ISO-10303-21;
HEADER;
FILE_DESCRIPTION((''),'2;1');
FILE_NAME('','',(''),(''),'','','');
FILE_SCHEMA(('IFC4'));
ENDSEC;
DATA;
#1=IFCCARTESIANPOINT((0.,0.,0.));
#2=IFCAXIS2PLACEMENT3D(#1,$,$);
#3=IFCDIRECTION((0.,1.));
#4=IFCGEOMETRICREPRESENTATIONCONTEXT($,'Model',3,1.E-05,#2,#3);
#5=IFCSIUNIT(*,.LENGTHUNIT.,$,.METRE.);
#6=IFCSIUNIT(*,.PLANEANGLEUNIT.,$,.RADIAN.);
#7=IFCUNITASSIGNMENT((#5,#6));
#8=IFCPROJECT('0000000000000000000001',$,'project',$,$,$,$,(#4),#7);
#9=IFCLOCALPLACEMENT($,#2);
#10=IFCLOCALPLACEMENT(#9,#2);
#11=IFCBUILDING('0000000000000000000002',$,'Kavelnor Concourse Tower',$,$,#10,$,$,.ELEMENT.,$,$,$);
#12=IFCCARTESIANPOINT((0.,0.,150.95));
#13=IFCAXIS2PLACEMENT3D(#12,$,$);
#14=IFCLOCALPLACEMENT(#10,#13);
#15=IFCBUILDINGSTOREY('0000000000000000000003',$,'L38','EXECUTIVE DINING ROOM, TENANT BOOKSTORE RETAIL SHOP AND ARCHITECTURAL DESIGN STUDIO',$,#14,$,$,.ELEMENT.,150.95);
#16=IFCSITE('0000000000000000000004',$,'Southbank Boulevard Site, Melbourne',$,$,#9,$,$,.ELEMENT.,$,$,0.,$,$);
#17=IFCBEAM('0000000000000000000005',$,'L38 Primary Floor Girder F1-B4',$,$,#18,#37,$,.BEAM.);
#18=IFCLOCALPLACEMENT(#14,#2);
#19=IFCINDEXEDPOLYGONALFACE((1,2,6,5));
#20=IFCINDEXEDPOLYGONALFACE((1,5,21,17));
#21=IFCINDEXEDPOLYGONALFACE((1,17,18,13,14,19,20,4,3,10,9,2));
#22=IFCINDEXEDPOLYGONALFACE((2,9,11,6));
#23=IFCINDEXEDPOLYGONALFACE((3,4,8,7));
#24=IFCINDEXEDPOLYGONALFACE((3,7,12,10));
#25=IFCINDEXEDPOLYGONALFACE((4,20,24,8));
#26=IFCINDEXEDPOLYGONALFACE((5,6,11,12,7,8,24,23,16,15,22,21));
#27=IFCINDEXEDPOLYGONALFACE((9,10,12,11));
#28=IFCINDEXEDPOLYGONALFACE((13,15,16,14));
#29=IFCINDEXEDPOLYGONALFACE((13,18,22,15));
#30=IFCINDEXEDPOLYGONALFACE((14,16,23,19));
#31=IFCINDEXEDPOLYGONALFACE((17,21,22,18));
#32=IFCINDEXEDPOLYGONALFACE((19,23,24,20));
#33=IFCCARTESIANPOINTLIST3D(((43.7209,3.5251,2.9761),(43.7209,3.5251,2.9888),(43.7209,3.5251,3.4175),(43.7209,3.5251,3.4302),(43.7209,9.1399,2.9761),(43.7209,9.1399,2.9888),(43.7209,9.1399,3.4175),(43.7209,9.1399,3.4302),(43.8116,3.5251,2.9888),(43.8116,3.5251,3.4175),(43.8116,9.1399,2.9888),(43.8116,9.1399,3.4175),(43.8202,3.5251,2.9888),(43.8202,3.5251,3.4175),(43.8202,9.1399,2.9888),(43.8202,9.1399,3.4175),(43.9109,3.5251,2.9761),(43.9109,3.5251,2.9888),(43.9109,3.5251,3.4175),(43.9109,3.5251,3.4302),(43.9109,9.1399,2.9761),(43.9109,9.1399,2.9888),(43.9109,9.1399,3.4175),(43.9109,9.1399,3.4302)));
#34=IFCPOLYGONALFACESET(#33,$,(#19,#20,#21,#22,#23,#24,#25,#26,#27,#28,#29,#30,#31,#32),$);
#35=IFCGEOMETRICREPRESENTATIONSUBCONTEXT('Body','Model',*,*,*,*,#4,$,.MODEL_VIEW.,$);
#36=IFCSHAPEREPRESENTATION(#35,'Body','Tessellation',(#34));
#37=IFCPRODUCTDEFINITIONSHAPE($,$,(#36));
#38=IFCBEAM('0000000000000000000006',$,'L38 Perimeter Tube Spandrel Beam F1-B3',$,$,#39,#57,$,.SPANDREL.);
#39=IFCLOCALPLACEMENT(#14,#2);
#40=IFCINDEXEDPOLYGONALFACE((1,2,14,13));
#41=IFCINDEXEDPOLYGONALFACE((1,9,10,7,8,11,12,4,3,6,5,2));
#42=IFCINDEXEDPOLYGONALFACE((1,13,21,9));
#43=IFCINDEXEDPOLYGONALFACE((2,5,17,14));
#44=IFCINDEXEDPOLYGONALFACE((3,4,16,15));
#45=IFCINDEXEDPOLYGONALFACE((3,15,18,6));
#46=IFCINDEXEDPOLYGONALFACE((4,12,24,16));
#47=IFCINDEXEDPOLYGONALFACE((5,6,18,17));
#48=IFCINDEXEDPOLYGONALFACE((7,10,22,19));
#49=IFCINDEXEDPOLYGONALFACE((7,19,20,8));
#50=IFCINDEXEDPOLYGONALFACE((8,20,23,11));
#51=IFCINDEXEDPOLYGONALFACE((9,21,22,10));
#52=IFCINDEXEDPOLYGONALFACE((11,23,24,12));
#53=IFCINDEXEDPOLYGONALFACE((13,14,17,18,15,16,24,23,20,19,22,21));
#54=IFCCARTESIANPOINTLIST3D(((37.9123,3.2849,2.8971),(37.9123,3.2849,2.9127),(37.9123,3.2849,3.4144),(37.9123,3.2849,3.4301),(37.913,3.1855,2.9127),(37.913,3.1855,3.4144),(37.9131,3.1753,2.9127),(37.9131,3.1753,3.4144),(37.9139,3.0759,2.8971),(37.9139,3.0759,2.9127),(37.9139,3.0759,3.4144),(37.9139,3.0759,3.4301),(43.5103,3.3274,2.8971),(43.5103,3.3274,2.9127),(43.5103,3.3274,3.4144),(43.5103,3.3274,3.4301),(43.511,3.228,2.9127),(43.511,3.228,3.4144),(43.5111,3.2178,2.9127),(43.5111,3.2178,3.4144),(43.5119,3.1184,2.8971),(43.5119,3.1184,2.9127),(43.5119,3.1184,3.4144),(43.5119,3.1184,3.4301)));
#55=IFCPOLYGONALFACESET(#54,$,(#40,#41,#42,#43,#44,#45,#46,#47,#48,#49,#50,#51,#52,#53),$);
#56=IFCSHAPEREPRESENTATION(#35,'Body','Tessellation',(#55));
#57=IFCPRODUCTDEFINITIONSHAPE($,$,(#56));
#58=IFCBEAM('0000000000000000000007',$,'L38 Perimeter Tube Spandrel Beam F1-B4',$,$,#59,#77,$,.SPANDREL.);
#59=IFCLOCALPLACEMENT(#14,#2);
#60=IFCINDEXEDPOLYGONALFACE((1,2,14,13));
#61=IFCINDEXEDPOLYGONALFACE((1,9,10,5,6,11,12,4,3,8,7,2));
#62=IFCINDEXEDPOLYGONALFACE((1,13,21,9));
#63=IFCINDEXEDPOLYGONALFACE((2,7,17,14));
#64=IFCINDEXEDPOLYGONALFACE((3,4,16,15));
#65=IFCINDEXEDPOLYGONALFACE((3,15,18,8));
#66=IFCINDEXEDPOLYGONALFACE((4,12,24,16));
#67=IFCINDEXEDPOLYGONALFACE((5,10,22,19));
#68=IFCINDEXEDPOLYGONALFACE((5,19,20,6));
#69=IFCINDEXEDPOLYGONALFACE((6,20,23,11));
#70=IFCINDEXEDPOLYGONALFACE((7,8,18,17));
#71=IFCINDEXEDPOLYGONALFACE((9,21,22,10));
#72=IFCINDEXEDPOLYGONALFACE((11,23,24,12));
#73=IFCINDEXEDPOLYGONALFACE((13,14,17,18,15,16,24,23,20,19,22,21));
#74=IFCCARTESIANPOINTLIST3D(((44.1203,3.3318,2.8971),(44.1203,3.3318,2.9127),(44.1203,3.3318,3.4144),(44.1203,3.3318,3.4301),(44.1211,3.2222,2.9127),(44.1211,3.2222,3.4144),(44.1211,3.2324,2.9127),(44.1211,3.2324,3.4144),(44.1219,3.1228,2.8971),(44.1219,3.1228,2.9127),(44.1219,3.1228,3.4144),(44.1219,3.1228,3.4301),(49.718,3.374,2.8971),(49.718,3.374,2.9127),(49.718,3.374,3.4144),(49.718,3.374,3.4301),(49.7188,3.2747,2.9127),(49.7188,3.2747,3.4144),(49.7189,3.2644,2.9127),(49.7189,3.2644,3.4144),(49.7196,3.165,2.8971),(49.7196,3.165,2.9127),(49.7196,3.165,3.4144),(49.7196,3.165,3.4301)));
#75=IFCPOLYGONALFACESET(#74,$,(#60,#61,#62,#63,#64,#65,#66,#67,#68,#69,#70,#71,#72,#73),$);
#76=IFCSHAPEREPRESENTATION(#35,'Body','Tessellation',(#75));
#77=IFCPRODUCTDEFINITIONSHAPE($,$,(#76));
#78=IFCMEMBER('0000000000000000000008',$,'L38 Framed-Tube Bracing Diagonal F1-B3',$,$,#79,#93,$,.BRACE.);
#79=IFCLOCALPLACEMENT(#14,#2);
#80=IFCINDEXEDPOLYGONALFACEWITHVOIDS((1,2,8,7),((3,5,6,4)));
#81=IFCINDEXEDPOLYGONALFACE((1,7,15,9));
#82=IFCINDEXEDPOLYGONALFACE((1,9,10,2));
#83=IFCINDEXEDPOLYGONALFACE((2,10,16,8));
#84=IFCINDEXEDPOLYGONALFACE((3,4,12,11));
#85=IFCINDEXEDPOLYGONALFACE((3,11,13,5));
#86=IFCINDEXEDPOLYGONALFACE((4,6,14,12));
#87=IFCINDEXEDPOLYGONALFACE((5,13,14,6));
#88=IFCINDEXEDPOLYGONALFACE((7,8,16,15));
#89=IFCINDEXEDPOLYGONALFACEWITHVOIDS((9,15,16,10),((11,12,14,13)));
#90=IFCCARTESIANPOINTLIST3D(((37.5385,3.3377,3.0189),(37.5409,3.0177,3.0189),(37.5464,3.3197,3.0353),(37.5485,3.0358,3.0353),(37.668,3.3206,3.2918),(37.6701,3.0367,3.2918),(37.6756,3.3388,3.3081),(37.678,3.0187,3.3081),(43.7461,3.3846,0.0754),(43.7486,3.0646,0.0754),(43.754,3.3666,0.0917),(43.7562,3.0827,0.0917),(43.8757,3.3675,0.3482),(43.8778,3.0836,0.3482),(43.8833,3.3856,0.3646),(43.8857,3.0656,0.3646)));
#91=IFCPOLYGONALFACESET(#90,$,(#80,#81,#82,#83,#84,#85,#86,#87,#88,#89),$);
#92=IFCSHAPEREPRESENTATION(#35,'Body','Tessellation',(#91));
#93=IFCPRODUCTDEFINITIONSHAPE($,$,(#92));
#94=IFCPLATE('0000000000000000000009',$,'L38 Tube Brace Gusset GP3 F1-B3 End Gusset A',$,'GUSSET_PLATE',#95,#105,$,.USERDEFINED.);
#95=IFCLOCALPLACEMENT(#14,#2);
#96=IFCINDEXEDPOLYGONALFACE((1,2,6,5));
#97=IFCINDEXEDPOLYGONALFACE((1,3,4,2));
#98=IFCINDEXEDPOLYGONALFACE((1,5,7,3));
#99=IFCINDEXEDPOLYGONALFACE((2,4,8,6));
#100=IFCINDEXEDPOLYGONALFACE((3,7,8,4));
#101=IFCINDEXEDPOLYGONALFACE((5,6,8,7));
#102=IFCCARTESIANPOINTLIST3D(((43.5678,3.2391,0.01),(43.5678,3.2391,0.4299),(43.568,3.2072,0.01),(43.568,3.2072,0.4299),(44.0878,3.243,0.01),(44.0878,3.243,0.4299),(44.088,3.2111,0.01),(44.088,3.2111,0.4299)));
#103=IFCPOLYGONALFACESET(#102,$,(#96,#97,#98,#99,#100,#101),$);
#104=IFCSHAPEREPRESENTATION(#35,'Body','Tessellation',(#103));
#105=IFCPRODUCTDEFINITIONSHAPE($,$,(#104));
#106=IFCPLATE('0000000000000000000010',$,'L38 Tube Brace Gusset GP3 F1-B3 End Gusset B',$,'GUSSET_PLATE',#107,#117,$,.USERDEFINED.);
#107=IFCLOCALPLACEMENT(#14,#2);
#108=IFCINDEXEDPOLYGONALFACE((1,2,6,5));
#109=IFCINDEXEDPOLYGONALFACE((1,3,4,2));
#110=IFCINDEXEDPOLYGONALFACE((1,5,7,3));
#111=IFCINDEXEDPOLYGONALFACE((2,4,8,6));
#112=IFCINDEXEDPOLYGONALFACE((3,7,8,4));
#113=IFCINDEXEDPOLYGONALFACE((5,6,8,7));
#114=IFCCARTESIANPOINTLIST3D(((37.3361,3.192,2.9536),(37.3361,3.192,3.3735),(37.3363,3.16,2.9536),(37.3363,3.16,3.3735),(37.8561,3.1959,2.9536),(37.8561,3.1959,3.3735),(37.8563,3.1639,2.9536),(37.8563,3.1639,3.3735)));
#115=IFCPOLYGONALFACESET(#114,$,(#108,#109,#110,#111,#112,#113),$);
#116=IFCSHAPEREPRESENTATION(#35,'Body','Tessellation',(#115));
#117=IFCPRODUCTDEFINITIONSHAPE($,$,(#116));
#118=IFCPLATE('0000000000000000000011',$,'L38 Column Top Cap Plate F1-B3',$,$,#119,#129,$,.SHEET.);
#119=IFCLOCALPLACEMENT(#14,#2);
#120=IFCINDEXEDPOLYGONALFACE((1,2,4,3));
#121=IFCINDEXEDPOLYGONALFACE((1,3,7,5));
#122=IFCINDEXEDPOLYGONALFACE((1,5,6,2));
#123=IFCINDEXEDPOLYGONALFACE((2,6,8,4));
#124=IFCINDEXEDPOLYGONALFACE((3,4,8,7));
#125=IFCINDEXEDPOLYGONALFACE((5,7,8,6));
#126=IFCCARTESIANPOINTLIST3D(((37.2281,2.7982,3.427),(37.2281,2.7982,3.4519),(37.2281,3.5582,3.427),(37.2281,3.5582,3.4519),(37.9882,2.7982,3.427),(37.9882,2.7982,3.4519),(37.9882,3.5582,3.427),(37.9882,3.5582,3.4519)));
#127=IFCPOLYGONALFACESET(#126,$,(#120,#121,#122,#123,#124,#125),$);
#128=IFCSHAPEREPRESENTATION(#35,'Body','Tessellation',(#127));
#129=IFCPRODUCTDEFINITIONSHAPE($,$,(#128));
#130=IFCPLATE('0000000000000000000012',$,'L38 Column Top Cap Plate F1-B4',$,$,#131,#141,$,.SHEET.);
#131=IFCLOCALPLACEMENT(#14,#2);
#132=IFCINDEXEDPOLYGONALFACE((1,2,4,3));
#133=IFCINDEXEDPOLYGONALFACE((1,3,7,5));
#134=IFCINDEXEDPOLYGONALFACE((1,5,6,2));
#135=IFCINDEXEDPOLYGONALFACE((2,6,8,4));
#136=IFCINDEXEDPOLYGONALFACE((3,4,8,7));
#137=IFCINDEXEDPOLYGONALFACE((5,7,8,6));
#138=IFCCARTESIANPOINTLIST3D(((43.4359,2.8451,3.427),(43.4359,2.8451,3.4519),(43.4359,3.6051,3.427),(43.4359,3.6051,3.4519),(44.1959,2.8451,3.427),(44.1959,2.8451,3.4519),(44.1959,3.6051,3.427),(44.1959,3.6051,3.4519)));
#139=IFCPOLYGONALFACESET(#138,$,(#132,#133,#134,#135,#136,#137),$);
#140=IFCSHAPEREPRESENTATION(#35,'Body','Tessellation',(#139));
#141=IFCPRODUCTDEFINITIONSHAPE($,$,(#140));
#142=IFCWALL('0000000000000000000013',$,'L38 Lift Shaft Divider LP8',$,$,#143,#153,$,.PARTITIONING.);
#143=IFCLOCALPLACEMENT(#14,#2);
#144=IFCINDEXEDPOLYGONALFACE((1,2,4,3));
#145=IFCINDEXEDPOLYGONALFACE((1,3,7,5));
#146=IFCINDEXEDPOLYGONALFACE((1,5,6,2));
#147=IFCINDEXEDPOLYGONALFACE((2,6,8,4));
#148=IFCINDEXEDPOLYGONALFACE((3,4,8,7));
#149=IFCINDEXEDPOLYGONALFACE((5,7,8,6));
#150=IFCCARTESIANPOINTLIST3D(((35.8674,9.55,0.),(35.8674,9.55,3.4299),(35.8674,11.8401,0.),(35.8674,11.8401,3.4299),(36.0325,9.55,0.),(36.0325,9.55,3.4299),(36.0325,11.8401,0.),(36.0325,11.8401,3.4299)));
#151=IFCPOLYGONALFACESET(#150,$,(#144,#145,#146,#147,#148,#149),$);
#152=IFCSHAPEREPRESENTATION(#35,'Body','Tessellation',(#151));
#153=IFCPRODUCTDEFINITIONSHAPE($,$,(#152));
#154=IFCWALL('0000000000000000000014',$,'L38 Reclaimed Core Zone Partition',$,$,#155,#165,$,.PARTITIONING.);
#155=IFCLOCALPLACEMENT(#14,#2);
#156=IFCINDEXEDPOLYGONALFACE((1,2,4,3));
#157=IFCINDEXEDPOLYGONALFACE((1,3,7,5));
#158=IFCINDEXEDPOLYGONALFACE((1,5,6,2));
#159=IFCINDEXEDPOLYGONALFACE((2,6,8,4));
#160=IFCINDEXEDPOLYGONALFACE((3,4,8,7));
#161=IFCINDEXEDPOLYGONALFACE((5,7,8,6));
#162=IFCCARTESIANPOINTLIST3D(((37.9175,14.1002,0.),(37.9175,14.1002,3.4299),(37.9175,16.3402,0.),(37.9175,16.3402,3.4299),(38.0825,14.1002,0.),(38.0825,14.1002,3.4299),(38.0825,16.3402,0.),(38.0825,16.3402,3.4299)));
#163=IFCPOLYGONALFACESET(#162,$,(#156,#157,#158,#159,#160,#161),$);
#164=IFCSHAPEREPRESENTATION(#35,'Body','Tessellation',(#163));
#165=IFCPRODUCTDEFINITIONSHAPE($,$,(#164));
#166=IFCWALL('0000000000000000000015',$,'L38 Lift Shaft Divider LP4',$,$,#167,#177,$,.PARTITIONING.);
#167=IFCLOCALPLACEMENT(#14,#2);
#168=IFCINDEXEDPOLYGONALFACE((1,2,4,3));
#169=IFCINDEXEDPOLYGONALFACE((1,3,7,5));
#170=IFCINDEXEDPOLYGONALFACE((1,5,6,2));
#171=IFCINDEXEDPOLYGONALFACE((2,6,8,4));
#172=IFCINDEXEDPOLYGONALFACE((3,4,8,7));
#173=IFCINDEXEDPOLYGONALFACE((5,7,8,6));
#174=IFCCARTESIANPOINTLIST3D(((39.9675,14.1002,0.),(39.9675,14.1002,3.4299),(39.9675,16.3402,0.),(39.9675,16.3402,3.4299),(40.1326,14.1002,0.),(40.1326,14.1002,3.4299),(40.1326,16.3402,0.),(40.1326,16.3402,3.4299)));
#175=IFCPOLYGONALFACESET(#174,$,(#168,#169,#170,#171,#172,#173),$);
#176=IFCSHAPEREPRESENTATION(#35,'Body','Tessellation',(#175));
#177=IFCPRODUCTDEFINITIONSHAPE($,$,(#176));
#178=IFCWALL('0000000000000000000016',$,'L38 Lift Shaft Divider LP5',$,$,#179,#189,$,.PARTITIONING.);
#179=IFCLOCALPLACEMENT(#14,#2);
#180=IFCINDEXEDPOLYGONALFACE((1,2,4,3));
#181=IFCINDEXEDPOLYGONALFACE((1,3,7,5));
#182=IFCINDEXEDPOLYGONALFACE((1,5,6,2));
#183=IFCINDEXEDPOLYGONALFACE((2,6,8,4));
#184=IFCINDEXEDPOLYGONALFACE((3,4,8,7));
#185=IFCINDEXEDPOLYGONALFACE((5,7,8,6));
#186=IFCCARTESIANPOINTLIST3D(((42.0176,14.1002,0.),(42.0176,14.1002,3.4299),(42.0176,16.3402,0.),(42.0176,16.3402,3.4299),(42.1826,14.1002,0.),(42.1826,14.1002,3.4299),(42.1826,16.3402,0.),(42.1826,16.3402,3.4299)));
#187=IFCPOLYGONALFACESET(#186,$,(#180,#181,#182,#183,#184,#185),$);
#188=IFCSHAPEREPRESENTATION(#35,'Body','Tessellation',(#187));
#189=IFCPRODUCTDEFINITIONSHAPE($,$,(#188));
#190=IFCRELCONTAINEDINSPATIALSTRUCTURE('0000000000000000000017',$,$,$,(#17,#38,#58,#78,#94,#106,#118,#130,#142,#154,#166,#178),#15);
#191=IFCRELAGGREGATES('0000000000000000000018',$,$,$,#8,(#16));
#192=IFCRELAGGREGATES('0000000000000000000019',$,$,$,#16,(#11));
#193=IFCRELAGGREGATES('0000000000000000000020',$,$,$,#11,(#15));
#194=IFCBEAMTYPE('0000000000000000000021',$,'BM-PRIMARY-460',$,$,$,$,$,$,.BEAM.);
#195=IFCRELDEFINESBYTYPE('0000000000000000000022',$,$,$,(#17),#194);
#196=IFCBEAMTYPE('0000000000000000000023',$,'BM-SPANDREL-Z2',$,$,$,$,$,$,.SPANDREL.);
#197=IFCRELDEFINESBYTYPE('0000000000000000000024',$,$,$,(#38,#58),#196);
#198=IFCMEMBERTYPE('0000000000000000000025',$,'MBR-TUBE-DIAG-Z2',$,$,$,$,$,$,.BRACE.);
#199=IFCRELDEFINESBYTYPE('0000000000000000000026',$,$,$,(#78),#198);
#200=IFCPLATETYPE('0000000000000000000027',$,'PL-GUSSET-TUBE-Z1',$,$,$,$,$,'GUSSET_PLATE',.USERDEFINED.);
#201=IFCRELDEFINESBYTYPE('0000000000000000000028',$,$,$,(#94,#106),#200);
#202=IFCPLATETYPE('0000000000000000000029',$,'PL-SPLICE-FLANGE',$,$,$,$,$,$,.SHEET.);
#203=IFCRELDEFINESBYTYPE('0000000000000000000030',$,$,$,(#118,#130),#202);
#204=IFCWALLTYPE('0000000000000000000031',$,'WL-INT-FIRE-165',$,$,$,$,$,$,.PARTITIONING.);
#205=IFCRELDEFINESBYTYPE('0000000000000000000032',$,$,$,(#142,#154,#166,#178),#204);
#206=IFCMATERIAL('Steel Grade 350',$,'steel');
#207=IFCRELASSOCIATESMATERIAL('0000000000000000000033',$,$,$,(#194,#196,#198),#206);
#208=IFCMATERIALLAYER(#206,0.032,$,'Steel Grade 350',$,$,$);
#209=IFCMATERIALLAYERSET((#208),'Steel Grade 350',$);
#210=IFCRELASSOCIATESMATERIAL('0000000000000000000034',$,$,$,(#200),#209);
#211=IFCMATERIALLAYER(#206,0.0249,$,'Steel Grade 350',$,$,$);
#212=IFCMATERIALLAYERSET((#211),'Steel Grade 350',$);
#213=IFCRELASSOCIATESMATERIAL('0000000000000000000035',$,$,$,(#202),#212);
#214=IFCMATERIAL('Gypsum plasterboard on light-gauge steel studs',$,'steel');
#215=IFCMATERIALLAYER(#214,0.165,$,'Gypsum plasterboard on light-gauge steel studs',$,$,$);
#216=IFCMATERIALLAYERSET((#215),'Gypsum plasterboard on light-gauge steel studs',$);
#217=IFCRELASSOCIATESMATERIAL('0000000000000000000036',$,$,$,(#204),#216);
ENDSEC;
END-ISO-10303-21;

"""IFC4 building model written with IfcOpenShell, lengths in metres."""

from ifc_helpers import new_model, si_unit, direction, frame, frame_2d, origin, origin_2d, place, context, subcontext, project, spatial, rectangle, hollow_rectangle, i_section, extrude, material, layer, layer_set, material_profile, profile_set, type_object, element, save


model = new_model("IFC4")

# Units and contexts
model_context = context("Model", 3, precision=1e-05, world=origin(), true_north=direction((0.0, 1.0)))
body_context = subcontext(model_context, "Body", "Model", "MODEL_VIEW")
ifc_project = project(units=[si_unit("LENGTHUNIT", "METRE"), si_unit("PLANEANGLEUNIT", "RADIAN")], contexts=[model_context])

# Site, building, storey
site_placement = place(None, origin())
site = spatial("IfcSite", under=ifc_project, at=site_placement, Name="Southbank Boulevard Site, Melbourne", CompositionType="ELEMENT", RefElevation=0.0)
building_placement = place(site_placement, origin())
building = spatial("IfcBuilding", under=site, at=building_placement, Name="Kavelnor Concourse Tower", CompositionType="ELEMENT")
storey_placement = place(building_placement, frame((0.0, 0.0, 150.95)))
storey = spatial("IfcBuildingStorey", under=building, at=storey_placement, Name="L38", Description="EXECUTIVE DINING ROOM, TENANT BOOKSTORE RETAIL SHOP AND ARCHITECTURAL DESIGN STUDIO", CompositionType="ELEMENT", Elevation=150.95)

# Shared definitions
ifc_material_1 = material(Name="Steel Grade 350", Category="steel")

# Beams
ifc_material_profile_1 = material_profile(ifc_material_1, i_section(OverallWidth=0.1899, OverallDepth=0.4541, WebThickness=0.0085, FlangeThickness=0.0127, at=origin_2d()), Name="460UB67")
ifc_profile_set_1 = profile_set([ifc_material_profile_1], Name="Steel Grade 350")
beam_type_1 = type_object("IfcBeamType", Name="BM-PRIMARY-460", PredefinedType="BEAM", material=ifc_profile_set_1)
beam_1_placement = place(storey_placement, frame((43.8159, 9.1399, 3.2031), z_axis=(0.0, -1.0, 0.0), x_axis=(1.0, 0.0, 0.0)))
element("IfcBeam", 1, at=beam_1_placement, inside=storey, type_object=beam_type_1, Name="L38 Primary Floor Girder F1-B4", PredefinedType="BEAM", context=body_context, shape_type="SweptSolid", body=[
    extrude(i_section(OverallWidth=0.1899, OverallDepth=0.4541, WebThickness=0.0085, FlangeThickness=0.0127, at=origin_2d()), origin(), (0.0, 0.0, 1.0), 5.6147),
])
ifc_material_profile_2 = material_profile(ifc_material_1, i_section(OverallWidth=0.209, OverallDepth=0.533, WebThickness=0.0103, FlangeThickness=0.0156, at=origin_2d()), Name="530UB92")
ifc_profile_set_2 = profile_set([ifc_material_profile_2], Name="Steel Grade 350")
beam_type_2 = type_object("IfcBeamType", Name="BM-SPANDREL-Z2", PredefinedType="SPANDREL", material=ifc_profile_set_2)
beam_2_placement = place(storey_placement, frame((37.9131, 3.1804, 3.1636), z_axis=(0.999971, 0.007588, 0.0), x_axis=(-0.007588, 0.999971, 0.0)))
element("IfcBeam", 2, at=beam_2_placement, inside=storey, type_object=beam_type_2, Name="L38 Perimeter Tube Spandrel Beam F1-B3", PredefinedType="SPANDREL", context=body_context, shape_type="SweptSolid", body=[
    extrude(i_section(OverallWidth=0.209, OverallDepth=0.533, WebThickness=0.0103, FlangeThickness=0.0156, at=origin_2d()), origin(), (0.0, 0.0, 1.0), 5.5981),
])
beam_3_placement = place(storey_placement, frame((44.1211, 3.2273, 3.1636), z_axis=(0.999972, 0.007545, 0.0), x_axis=(-0.007545, 0.999972, 0.0)))
element("IfcBeam", 3, at=beam_3_placement, inside=storey, type_object=beam_type_2, Name="L38 Perimeter Tube Spandrel Beam F1-B4", PredefinedType="SPANDREL", context=body_context, shape_type="SweptSolid", body=[
    extrude(i_section(OverallWidth=0.209, OverallDepth=0.533, WebThickness=0.0103, FlangeThickness=0.0156, at=origin_2d()), origin(), (0.0, 0.0, 1.0), 5.5979),
])

# Member
ifc_material_profile_3 = material_profile(ifc_material_1, hollow_rectangle(XDim=0.3201, YDim=0.3201, WallThickness=0.0181, at=origin_2d()), Name="SHS 320x320x18")
ifc_profile_set_3 = profile_set([ifc_material_profile_3], Name="Steel Grade 350")
member_type = type_object("IfcMemberType", Name="MBR-TUBE-DIAG-Z2", PredefinedType="BRACE", material=ifc_profile_set_3)
member_placement = place(storey_placement, frame((43.8159, 3.2251, 0.22), z_axis=(-0.903543, -0.006823, 0.428443), x_axis=(0.007551, -0.999971, 0.0)))
element("IfcMember", 4, at=member_placement, inside=storey, type_object=member_type, Name="L38 Framed-Tube Bracing Diagonal F1-B3", PredefinedType="BRACE", context=body_context, shape_type="SweptSolid", body=[
    extrude(hollow_rectangle(XDim=0.3201, YDim=0.3201, WallThickness=0.0181, at=origin_2d()), origin(), (0.0, 0.0, 1.0), 6.8704),
])

# Plates
ifc_layer_1 = layer(ifc_material_1, 0.032, Name="Steel Grade 350")
ifc_layer_set_1 = layer_set([ifc_layer_1], Name="Steel Grade 350")
plate_type_1 = type_object("IfcPlateType", Name="PL-GUSSET-TUBE-Z1", ElementType="GUSSET_PLATE", PredefinedType="USERDEFINED", material=ifc_layer_set_1)
for number, where, z_axis, x_axis, name in (
    (5, (43.8279, 3.2251, 0.01), (0.0, 0.0, 1.0), (-0.999972, -0.007505, 0.0), "L38 Tube Brace Gusset GP3 F1-B3 End Gusset A"),
    (6, (37.5962, 3.178, 2.9536), (0.0, 0.0, 1.0), (-0.999972, -0.007505, 0.0), "L38 Tube Brace Gusset GP3 F1-B3 End Gusset B"),
):
    element("IfcPlate", number, at=place(storey_placement, frame(where, z_axis=z_axis, x_axis=x_axis)), inside=storey, type_object=plate_type_1, Name=name, ObjectType="GUSSET_PLATE", PredefinedType="USERDEFINED", context=body_context, shape_type="SweptSolid", body=[
        extrude(rectangle(XDim=0.52, YDim=0.032, at=origin_2d()), origin(), (0.0, 0.0, 1.0), 0.4199),
    ])
ifc_layer_2 = layer(ifc_material_1, 0.0249, Name="Steel Grade 350")
ifc_layer_set_2 = layer_set([ifc_layer_2], Name="Steel Grade 350")
plate_type_2 = type_object("IfcPlateType", Name="PL-SPLICE-FLANGE", PredefinedType="SHEET", material=ifc_layer_set_2)
for number, where, z_axis, x_axis, name in (
    (7, (37.6082, 3.1782, 3.427), (0.0, 0.0, 1.0), (1.0, 0.0, 0.0), "L38 Column Top Cap Plate F1-B3"),
    (8, (43.8159, 3.2251, 3.427), (0.0, 0.0, 1.0), (1.0, 0.0, 0.0), "L38 Column Top Cap Plate F1-B4"),
):
    element("IfcPlate", number, at=place(storey_placement, frame(where, z_axis=z_axis, x_axis=x_axis)), inside=storey, type_object=plate_type_2, Name=name, PredefinedType="SHEET", context=body_context, shape_type="SweptSolid", body=[
        extrude(rectangle(XDim=0.76, YDim=0.76, at=origin_2d()), origin(), (0.0, 0.0, 1.0), 0.0249),
    ])

# Walls
ifc_material_2 = material(Name="Gypsum plasterboard on light-gauge steel studs", Category="steel")
ifc_layer_3 = layer(ifc_material_2, 0.165, Name="Gypsum plasterboard on light-gauge steel studs")
ifc_layer_set_3 = layer_set([ifc_layer_3], Name="Gypsum plasterboard on light-gauge steel studs")
wall_type_1 = type_object("IfcWallType", Name="WL-INT-FIRE-165", PredefinedType="PARTITIONING", material=ifc_layer_set_3)
wall_1_placement = place(storey_placement, frame((35.95, 9.55, 0.0), z_axis=(0.0, 0.0, 1.0), x_axis=(0.0, 1.0, 0.0)))
element("IfcWall", 9, at=wall_1_placement, inside=storey, type_object=wall_type_1, Name="L38 Lift Shaft Divider LP8", PredefinedType="PARTITIONING", context=body_context, shape_type="SweptSolid", body=[
    extrude(rectangle(XDim=2.29, YDim=0.165, at=frame_2d((1.145, 0.0))), origin(), (0.0, 0.0, 1.0), 3.4299),
])
for number, where, z_axis, x_axis, name in (
    (10, (38.0, 14.1001, 0.0), (0.0, 0.0, 1.0), (0.0, 1.0, 0.0), "L38 Reclaimed Core Zone Partition"),
    (11, (40.05, 14.1001, 0.0), (0.0, 0.0, 1.0), (0.0, 1.0, 0.0), "L38 Lift Shaft Divider LP4"),
    (12, (42.1001, 14.1001, 0.0), (0.0, 0.0, 1.0), (0.0, 1.0, 0.0), "L38 Lift Shaft Divider LP5"),
):
    element("IfcWall", number, at=place(storey_placement, frame(where, z_axis=z_axis, x_axis=x_axis)), inside=storey, type_object=wall_type_1, Name=name, PredefinedType="PARTITIONING", context=body_context, shape_type="SweptSolid", body=[
        extrude(rectangle(XDim=2.24, YDim=0.165, at=frame_2d((1.1201, 0.0))), origin(), (0.0, 0.0, 1.0), 3.4299),
    ])

save(model, "model.ifc")
